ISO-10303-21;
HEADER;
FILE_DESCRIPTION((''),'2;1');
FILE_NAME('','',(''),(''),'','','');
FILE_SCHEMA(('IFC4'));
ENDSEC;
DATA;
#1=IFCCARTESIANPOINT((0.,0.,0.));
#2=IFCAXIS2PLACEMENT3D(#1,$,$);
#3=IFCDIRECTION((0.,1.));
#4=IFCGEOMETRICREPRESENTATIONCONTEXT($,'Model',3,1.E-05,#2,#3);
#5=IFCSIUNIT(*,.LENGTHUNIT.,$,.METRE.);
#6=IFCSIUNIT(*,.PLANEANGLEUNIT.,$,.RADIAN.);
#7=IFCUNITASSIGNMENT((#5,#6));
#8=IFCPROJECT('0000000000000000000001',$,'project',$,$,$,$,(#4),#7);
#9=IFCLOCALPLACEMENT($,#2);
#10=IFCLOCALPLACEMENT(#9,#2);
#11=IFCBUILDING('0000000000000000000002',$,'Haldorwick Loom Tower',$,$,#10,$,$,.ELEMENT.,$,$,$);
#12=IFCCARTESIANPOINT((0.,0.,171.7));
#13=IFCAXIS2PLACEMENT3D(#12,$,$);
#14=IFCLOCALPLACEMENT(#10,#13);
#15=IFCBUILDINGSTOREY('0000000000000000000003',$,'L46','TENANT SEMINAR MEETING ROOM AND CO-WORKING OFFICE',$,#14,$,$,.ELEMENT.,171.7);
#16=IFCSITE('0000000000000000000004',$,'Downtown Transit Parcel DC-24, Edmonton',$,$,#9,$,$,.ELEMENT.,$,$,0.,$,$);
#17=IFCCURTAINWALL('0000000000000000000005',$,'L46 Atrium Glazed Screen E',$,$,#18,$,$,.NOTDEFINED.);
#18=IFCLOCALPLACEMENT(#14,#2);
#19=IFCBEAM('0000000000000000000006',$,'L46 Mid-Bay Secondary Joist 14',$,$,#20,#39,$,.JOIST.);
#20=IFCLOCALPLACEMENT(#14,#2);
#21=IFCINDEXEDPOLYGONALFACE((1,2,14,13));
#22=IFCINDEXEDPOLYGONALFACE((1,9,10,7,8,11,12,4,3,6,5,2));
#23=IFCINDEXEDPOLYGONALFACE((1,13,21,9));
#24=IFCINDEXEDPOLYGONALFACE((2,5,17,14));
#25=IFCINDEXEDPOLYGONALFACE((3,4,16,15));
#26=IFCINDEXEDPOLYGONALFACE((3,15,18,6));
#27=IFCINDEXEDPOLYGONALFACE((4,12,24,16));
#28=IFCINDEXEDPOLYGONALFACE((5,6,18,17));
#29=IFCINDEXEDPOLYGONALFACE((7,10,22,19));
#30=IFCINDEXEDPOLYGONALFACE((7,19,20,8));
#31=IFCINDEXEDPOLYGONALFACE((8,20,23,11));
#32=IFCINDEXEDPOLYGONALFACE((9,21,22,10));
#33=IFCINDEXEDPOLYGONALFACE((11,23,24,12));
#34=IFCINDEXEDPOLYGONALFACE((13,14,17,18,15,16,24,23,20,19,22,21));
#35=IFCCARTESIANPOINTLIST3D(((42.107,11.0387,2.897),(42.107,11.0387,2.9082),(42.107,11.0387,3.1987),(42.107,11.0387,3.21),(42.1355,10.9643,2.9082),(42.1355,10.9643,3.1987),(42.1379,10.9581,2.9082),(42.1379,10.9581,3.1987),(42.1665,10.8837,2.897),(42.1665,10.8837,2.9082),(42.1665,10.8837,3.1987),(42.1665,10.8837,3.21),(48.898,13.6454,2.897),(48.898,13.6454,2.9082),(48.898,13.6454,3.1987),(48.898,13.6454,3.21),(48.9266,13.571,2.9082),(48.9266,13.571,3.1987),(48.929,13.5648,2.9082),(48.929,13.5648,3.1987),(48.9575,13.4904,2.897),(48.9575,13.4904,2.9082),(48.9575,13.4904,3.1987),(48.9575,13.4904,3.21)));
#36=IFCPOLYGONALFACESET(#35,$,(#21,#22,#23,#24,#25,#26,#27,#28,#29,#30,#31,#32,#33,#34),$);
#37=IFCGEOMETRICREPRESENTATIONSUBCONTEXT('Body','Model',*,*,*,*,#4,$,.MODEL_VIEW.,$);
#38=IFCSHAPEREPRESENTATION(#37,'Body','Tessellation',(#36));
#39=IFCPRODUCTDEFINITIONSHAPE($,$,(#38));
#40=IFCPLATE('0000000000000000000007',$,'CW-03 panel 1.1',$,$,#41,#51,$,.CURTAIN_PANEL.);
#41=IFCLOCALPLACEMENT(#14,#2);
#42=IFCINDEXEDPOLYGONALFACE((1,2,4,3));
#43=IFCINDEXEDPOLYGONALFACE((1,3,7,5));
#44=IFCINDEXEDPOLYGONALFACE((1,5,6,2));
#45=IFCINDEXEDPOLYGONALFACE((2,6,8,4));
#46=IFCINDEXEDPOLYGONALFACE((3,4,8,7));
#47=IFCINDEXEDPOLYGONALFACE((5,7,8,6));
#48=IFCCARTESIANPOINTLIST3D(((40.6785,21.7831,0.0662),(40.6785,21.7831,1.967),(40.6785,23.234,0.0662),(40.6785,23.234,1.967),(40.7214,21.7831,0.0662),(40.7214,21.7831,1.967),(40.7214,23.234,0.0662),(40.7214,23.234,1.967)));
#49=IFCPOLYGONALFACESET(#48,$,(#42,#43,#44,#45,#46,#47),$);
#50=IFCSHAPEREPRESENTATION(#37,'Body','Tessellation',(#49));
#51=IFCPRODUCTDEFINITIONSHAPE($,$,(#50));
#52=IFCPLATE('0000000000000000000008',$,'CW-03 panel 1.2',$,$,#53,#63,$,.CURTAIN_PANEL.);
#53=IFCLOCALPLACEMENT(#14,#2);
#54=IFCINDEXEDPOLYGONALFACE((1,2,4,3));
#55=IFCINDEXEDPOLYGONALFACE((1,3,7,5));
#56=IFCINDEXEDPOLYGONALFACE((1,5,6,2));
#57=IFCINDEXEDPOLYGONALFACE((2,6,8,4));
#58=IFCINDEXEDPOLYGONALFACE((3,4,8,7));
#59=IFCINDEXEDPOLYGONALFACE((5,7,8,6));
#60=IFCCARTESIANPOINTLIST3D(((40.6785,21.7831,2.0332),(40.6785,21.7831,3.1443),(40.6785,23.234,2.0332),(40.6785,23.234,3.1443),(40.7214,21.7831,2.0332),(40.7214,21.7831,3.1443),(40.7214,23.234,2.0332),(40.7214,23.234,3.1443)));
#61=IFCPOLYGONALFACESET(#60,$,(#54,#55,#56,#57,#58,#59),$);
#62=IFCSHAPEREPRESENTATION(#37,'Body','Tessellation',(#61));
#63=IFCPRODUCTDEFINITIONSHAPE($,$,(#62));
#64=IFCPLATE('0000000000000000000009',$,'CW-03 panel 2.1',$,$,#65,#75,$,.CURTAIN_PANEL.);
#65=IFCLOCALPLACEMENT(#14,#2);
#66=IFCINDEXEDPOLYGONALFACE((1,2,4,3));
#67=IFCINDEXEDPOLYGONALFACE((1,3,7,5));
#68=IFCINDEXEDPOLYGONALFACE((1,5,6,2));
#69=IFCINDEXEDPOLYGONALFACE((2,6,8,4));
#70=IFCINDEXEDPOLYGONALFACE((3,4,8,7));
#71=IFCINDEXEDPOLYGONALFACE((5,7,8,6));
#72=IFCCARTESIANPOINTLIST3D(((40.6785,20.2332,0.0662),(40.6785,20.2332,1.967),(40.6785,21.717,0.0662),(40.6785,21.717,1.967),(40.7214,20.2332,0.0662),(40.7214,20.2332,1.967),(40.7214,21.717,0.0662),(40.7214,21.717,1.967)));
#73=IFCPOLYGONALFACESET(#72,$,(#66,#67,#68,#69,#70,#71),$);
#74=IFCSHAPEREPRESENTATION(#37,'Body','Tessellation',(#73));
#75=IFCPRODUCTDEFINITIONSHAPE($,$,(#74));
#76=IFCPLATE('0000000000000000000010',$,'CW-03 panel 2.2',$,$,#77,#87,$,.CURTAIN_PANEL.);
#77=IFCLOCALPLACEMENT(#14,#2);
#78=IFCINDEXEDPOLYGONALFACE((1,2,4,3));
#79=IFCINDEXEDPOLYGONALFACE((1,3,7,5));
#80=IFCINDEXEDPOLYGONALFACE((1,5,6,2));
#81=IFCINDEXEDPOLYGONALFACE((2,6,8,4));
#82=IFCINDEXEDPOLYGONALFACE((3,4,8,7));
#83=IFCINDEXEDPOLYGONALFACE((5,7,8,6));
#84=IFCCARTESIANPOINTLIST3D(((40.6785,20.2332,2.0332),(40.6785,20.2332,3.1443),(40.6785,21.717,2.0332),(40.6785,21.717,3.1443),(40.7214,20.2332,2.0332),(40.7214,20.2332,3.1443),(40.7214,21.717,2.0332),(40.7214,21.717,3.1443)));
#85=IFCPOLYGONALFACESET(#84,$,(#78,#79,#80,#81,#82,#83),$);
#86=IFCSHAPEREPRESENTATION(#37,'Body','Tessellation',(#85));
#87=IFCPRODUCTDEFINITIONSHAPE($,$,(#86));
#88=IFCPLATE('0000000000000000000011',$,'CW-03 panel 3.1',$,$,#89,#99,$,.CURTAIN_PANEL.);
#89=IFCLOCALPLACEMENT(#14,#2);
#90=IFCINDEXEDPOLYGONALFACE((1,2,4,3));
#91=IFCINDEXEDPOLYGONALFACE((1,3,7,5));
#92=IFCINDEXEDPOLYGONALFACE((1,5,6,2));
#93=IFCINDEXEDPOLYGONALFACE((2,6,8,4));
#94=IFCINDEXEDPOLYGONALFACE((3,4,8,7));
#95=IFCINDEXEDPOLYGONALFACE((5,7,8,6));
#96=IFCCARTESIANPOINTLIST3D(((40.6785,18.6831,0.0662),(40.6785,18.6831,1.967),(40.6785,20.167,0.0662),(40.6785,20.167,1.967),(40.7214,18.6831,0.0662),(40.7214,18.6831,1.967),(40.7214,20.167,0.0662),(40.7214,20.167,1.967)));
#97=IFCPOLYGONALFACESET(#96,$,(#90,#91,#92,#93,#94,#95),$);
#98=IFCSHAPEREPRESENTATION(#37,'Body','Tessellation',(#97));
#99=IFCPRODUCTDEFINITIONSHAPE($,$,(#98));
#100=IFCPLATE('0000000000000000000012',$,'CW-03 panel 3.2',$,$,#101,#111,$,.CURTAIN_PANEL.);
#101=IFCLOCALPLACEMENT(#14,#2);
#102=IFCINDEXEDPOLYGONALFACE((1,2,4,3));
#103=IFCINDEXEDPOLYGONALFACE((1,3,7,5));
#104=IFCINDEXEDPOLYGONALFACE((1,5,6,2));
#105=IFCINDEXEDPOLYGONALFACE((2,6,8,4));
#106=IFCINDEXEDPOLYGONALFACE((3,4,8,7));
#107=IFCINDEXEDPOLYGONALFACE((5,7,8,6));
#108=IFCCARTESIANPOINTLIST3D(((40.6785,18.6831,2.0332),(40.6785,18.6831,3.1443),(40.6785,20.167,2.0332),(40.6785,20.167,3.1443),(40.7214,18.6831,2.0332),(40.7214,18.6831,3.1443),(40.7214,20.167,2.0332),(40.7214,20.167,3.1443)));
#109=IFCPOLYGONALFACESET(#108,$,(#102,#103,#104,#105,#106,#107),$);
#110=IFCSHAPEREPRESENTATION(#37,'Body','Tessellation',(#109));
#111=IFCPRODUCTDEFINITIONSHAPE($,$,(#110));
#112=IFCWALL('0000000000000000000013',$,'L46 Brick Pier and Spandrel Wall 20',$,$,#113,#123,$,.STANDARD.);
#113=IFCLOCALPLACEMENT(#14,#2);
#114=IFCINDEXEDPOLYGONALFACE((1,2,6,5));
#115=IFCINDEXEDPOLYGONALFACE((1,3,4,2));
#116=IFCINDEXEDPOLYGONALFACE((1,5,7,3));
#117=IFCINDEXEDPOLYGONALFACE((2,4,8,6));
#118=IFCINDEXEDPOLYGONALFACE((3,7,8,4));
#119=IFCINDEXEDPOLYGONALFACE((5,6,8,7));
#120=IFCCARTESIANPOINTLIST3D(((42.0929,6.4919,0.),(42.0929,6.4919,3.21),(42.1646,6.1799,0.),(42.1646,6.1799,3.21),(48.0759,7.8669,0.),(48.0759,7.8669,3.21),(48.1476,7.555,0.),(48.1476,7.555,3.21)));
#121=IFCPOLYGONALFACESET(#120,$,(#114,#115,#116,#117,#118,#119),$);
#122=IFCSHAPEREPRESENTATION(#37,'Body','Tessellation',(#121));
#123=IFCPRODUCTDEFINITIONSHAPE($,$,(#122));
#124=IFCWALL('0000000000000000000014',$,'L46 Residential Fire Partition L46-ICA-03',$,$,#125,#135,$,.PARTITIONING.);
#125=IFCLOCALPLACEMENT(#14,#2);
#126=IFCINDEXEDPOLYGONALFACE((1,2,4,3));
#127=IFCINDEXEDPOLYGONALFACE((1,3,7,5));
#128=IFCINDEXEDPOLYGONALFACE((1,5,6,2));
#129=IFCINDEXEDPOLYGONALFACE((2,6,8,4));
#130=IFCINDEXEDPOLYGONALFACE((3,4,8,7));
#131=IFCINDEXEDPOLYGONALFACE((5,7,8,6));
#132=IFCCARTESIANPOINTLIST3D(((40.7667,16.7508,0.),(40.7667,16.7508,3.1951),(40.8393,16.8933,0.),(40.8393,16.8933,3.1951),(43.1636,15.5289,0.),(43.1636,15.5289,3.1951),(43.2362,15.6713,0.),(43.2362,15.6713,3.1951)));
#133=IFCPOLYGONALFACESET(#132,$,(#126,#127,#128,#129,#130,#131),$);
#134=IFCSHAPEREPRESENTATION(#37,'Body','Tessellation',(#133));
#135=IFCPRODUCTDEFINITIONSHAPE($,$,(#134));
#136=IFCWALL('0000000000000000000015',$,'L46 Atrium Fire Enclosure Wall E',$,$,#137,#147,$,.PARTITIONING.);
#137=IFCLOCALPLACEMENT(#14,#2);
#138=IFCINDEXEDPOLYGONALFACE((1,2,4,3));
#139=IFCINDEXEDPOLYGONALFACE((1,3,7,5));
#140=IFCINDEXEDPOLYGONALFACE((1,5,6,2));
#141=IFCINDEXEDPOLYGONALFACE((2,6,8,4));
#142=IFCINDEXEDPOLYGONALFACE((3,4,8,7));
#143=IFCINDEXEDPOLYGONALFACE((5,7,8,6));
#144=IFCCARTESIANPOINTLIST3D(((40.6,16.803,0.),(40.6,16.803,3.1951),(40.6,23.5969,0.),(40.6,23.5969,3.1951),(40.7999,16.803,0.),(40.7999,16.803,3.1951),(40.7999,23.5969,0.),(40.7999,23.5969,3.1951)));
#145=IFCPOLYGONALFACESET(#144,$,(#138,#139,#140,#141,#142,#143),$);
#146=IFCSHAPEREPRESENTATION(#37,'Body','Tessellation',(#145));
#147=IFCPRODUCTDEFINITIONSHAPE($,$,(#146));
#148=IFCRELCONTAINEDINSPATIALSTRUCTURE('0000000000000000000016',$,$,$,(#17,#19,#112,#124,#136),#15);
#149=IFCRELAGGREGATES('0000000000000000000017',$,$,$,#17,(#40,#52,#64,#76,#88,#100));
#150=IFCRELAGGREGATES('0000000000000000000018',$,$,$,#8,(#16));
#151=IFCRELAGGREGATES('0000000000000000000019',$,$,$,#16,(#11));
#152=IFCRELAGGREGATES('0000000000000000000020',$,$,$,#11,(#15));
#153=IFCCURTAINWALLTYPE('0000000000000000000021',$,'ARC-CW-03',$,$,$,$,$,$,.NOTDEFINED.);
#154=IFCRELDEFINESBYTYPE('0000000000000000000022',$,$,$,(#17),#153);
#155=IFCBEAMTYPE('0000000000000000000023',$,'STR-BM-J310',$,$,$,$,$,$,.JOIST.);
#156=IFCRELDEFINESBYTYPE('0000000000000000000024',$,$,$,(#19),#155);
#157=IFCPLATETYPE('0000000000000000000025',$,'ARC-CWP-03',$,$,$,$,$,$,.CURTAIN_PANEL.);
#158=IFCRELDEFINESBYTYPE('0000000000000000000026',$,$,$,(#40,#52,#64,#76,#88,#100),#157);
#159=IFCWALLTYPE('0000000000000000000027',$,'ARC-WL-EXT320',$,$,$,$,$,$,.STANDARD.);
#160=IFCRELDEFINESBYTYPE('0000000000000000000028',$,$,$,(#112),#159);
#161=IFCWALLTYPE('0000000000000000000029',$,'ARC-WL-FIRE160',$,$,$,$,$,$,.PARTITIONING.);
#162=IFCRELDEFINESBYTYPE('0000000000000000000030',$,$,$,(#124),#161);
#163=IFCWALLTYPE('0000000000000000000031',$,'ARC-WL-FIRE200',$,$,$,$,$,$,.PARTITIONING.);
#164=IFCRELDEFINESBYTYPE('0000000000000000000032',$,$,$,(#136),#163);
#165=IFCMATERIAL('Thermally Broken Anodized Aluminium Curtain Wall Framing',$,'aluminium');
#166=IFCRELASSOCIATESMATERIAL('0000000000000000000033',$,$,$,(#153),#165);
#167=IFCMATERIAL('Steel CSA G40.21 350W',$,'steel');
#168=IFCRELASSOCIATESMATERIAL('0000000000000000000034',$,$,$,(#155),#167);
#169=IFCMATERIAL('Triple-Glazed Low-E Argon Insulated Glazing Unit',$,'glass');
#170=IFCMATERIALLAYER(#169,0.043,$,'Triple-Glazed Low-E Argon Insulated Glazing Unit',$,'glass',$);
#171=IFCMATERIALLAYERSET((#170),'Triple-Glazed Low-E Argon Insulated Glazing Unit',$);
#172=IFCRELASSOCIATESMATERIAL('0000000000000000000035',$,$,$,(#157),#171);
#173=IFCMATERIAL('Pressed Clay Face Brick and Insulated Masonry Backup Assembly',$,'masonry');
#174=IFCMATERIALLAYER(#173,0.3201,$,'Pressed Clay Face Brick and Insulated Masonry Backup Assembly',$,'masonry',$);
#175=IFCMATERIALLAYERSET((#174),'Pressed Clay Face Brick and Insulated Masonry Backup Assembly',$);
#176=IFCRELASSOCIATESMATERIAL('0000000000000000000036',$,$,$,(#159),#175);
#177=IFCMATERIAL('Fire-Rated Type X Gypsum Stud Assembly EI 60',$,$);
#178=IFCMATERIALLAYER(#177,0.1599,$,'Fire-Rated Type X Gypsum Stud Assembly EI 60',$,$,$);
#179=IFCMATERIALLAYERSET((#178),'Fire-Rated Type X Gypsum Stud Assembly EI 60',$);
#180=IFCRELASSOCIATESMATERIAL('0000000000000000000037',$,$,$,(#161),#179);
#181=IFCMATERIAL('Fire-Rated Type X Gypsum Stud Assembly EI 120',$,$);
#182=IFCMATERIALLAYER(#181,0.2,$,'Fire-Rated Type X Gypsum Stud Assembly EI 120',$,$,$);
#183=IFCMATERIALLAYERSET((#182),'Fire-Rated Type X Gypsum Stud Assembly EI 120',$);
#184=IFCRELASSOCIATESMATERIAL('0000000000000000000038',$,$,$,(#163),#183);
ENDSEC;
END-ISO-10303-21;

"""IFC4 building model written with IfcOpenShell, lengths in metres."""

from ifc_helpers import new_model, si_unit, direction, frame, frame_2d, origin, origin_2d, place, context, subcontext, project, spatial, rectangle, i_section, extrude, material, layer, layer_set, material_profile, profile_set, type_object, element, aggregate, save


model = new_model("IFC4")

# Units and contexts
model_context = context("Model", 3, precision=1e-05, world=origin(), true_north=direction((0.0, 1.0)))
body_context = subcontext(model_context, "Body", "Model", "MODEL_VIEW")
ifc_project = project(units=[si_unit("LENGTHUNIT", "METRE"), si_unit("PLANEANGLEUNIT", "RADIAN")], contexts=[model_context])

# Site, building, storey
site_placement = place(None, origin())
site = spatial("IfcSite", under=ifc_project, at=site_placement, Name="Downtown Transit Parcel DC-24, Edmonton", CompositionType="ELEMENT", RefElevation=0.0)
building_placement = place(site_placement, origin())
building = spatial("IfcBuilding", under=site, at=building_placement, Name="Haldorwick Loom Tower", CompositionType="ELEMENT")
storey_placement = place(building_placement, frame((0.0, 0.0, 171.7)))
storey = spatial("IfcBuildingStorey", under=building, at=storey_placement, Name="L46", Description="TENANT SEMINAR MEETING ROOM AND CO-WORKING OFFICE", CompositionType="ELEMENT", Elevation=171.7)

# Curtain wall
ifc_material_1 = material(Name="Thermally Broken Anodized Aluminium Curtain Wall Framing", Category="aluminium")
curtain_wall_type = type_object("IfcCurtainWallType", Name="ARC-CW-03", PredefinedType="NOTDEFINED", material=ifc_material_1)
curtain_wall_placement = place(storey_placement, origin())
curtain_wall = element("IfcCurtainWall", 1, at=curtain_wall_placement, inside=storey, type_object=curtain_wall_type, Name="L46 Atrium Glazed Screen E", PredefinedType="NOTDEFINED")

# Beam
ifc_material_2 = material(Name="Steel CSA G40.21 350W", Category="steel")
ifc_material_profile_1 = material_profile(ifc_material_2, i_section(OverallWidth=0.166, OverallDepth=0.313, WebThickness=0.0066, FlangeThickness=0.0112, at=origin_2d()), Name="W310X45", Category="steel")
ifc_profile_set_1 = profile_set([ifc_material_profile_1], Name="Steel CSA G40.21 350W")
beam_type = type_object("IfcBeamType", Name="STR-BM-J310", PredefinedType="JOIST", material=ifc_profile_set_1)
beam_placement = place(storey_placement, frame((42.1367, 10.9612, 3.0535), z_axis=(0.933587, 0.358352, 0.0), x_axis=(-0.358352, 0.933587, 0.0)))
element("IfcBeam", 2, at=beam_placement, inside=storey, type_object=beam_type, Name="L46 Mid-Bay Secondary Joist 14", PredefinedType="JOIST", context=body_context, shape_type="SweptSolid", body=[
    extrude(i_section(OverallWidth=0.166, OverallDepth=0.313, WebThickness=0.0066, FlangeThickness=0.0112, at=origin_2d()), origin(), (0.0, 0.0, 1.0), 7.2742),
])

# Plates
ifc_material_3 = material(Name="Triple-Glazed Low-E Argon Insulated Glazing Unit", Category="glass")
ifc_layer_1 = layer(ifc_material_3, 0.043, Name="Triple-Glazed Low-E Argon Insulated Glazing Unit", Category="glass")
ifc_layer_set_1 = layer_set([ifc_layer_1], Name="Triple-Glazed Low-E Argon Insulated Glazing Unit")
plate_type = type_object("IfcPlateType", Name="ARC-CWP-03", PredefinedType="CURTAIN_PANEL", material=ifc_layer_set_1)
plate_1_placement = place(storey_placement, frame((40.7, 22.5085, 0.0662), z_axis=(0.0, 0.0, 1.0), x_axis=(0.0, -1.0, 0.0)))
plate_1 = element("IfcPlate", 3, at=plate_1_placement, type_object=plate_type, Name="CW-03 panel 1.1", PredefinedType="CURTAIN_PANEL", context=body_context, shape_type="SweptSolid", body=[
    extrude(rectangle(XDim=1.4509, YDim=0.043, at=origin_2d()), origin(), (0.0, 0.0, 1.0), 1.9009),
])
plate_2_placement = place(storey_placement, frame((40.7, 22.5085, 2.0332), z_axis=(0.0, 0.0, 1.0), x_axis=(0.0, -1.0, 0.0)))
plate_2 = element("IfcPlate", 4, at=plate_2_placement, type_object=plate_type, Name="CW-03 panel 1.2", PredefinedType="CURTAIN_PANEL", context=body_context, shape_type="SweptSolid", body=[
    extrude(rectangle(XDim=1.4509, YDim=0.043, at=origin_2d()), origin(), (0.0, 0.0, 1.0), 1.1111),
])
plate_3_placement = place(storey_placement, frame((40.7, 20.9751, 0.0662), z_axis=(0.0, 0.0, 1.0), x_axis=(0.0, -1.0, 0.0)))
plate_3 = element("IfcPlate", 5, at=plate_3_placement, type_object=plate_type, Name="CW-03 panel 2.1", PredefinedType="CURTAIN_PANEL", context=body_context, shape_type="SweptSolid", body=[
    extrude(rectangle(XDim=1.4839, YDim=0.043, at=origin_2d()), origin(), (0.0, 0.0, 1.0), 1.9009),
])
plate_4_placement = place(storey_placement, frame((40.7, 20.9751, 2.0332), z_axis=(0.0, 0.0, 1.0), x_axis=(0.0, -1.0, 0.0)))
plate_4 = element("IfcPlate", 6, at=plate_4_placement, type_object=plate_type, Name="CW-03 panel 2.2", PredefinedType="CURTAIN_PANEL", context=body_context, shape_type="SweptSolid", body=[
    extrude(rectangle(XDim=1.4839, YDim=0.043, at=origin_2d()), origin(), (0.0, 0.0, 1.0), 1.1111),
])
plate_5_placement = place(storey_placement, frame((40.7, 19.425, 0.0662), z_axis=(0.0, 0.0, 1.0), x_axis=(0.0, -1.0, 0.0)))
plate_5 = element("IfcPlate", 7, at=plate_5_placement, type_object=plate_type, Name="CW-03 panel 3.1", PredefinedType="CURTAIN_PANEL", context=body_context, shape_type="SweptSolid", body=[
    extrude(rectangle(XDim=1.4839, YDim=0.043, at=origin_2d()), origin(), (0.0, 0.0, 1.0), 1.9009),
])
plate_6_placement = place(storey_placement, frame((40.7, 19.425, 2.0332), z_axis=(0.0, 0.0, 1.0), x_axis=(0.0, -1.0, 0.0)))
plate_6 = element("IfcPlate", 8, at=plate_6_placement, type_object=plate_type, Name="CW-03 panel 3.2", PredefinedType="CURTAIN_PANEL", context=body_context, shape_type="SweptSolid", body=[
    extrude(rectangle(XDim=1.4839, YDim=0.043, at=origin_2d()), origin(), (0.0, 0.0, 1.0), 1.1111),
])
aggregate(curtain_wall, [plate_1, plate_2, plate_3, plate_4, plate_5, plate_6])

# Walls
ifc_material_4 = material(Name="Pressed Clay Face Brick and Insulated Masonry Backup Assembly", Category="masonry")
ifc_layer_2 = layer(ifc_material_4, 0.3201, Name="Pressed Clay Face Brick and Insulated Masonry Backup Assembly", Category="masonry")
ifc_layer_set_2 = layer_set([ifc_layer_2], Name="Pressed Clay Face Brick and Insulated Masonry Backup Assembly")
wall_type_1 = type_object("IfcWallType", Name="ARC-WL-EXT320", PredefinedType="STANDARD", material=ifc_layer_set_2)
wall_1_placement = place(storey_placement, frame((42.1289, 6.3359, 0.0), z_axis=(0.0, 0.0, 1.0), x_axis=(0.974593, 0.223982, 0.0)))
element("IfcWall", 9, at=wall_1_placement, inside=storey, type_object=wall_type_1, Name="L46 Brick Pier and Spandrel Wall 20", PredefinedType="STANDARD", context=body_context, shape_type="SweptSolid", body=[
    extrude(rectangle(XDim=6.1389, YDim=0.3201, at=frame_2d((3.0693, 0.0))), origin(), (0.0, 0.0, 1.0), 3.21),
])
ifc_material_5 = material(Name="Fire-Rated Type X Gypsum Stud Assembly EI 60")
ifc_layer_3 = layer(ifc_material_5, 0.1599, Name="Fire-Rated Type X Gypsum Stud Assembly EI 60")
ifc_layer_set_3 = layer_set([ifc_layer_3], Name="Fire-Rated Type X Gypsum Stud Assembly EI 60")
wall_type_2 = type_object("IfcWallType", Name="ARC-WL-FIRE160", PredefinedType="PARTITIONING", material=ifc_layer_set_3)
wall_2_placement = place(storey_placement, frame((40.803, 16.822, 0.0), z_axis=(0.0, 0.0, 1.0), x_axis=(0.890916, -0.454169, 0.0)))
element("IfcWall", 10, at=wall_2_placement, inside=storey, type_object=wall_type_2, Name="L46 Residential Fire Partition L46-ICA-03", PredefinedType="PARTITIONING", context=body_context, shape_type="SweptSolid", body=[
    extrude(rectangle(XDim=2.6904, YDim=0.1599, at=frame_2d((1.3452, 0.0))), origin(), (0.0, 0.0, 1.0), 3.1951),
])
ifc_material_6 = material(Name="Fire-Rated Type X Gypsum Stud Assembly EI 120")
ifc_layer_4 = layer(ifc_material_6, 0.2, Name="Fire-Rated Type X Gypsum Stud Assembly EI 120")
ifc_layer_set_4 = layer_set([ifc_layer_4], Name="Fire-Rated Type X Gypsum Stud Assembly EI 120")
wall_type_3 = type_object("IfcWallType", Name="ARC-WL-FIRE200", PredefinedType="PARTITIONING", material=ifc_layer_set_4)
wall_3_placement = place(storey_placement, frame((40.7, 23.5969, 0.0), z_axis=(0.0, 0.0, 1.0), x_axis=(0.0, -1.0, 0.0)))
element("IfcWall", 11, at=wall_3_placement, inside=storey, type_object=wall_type_3, Name="L46 Atrium Fire Enclosure Wall E", PredefinedType="PARTITIONING", context=body_context, shape_type="SweptSolid", body=[
    extrude(rectangle(XDim=6.7939, YDim=0.2, at=frame_2d((3.397, 0.0))), origin(), (0.0, 0.0, 1.0), 3.1951),
])

save(model, "model.ifc")
